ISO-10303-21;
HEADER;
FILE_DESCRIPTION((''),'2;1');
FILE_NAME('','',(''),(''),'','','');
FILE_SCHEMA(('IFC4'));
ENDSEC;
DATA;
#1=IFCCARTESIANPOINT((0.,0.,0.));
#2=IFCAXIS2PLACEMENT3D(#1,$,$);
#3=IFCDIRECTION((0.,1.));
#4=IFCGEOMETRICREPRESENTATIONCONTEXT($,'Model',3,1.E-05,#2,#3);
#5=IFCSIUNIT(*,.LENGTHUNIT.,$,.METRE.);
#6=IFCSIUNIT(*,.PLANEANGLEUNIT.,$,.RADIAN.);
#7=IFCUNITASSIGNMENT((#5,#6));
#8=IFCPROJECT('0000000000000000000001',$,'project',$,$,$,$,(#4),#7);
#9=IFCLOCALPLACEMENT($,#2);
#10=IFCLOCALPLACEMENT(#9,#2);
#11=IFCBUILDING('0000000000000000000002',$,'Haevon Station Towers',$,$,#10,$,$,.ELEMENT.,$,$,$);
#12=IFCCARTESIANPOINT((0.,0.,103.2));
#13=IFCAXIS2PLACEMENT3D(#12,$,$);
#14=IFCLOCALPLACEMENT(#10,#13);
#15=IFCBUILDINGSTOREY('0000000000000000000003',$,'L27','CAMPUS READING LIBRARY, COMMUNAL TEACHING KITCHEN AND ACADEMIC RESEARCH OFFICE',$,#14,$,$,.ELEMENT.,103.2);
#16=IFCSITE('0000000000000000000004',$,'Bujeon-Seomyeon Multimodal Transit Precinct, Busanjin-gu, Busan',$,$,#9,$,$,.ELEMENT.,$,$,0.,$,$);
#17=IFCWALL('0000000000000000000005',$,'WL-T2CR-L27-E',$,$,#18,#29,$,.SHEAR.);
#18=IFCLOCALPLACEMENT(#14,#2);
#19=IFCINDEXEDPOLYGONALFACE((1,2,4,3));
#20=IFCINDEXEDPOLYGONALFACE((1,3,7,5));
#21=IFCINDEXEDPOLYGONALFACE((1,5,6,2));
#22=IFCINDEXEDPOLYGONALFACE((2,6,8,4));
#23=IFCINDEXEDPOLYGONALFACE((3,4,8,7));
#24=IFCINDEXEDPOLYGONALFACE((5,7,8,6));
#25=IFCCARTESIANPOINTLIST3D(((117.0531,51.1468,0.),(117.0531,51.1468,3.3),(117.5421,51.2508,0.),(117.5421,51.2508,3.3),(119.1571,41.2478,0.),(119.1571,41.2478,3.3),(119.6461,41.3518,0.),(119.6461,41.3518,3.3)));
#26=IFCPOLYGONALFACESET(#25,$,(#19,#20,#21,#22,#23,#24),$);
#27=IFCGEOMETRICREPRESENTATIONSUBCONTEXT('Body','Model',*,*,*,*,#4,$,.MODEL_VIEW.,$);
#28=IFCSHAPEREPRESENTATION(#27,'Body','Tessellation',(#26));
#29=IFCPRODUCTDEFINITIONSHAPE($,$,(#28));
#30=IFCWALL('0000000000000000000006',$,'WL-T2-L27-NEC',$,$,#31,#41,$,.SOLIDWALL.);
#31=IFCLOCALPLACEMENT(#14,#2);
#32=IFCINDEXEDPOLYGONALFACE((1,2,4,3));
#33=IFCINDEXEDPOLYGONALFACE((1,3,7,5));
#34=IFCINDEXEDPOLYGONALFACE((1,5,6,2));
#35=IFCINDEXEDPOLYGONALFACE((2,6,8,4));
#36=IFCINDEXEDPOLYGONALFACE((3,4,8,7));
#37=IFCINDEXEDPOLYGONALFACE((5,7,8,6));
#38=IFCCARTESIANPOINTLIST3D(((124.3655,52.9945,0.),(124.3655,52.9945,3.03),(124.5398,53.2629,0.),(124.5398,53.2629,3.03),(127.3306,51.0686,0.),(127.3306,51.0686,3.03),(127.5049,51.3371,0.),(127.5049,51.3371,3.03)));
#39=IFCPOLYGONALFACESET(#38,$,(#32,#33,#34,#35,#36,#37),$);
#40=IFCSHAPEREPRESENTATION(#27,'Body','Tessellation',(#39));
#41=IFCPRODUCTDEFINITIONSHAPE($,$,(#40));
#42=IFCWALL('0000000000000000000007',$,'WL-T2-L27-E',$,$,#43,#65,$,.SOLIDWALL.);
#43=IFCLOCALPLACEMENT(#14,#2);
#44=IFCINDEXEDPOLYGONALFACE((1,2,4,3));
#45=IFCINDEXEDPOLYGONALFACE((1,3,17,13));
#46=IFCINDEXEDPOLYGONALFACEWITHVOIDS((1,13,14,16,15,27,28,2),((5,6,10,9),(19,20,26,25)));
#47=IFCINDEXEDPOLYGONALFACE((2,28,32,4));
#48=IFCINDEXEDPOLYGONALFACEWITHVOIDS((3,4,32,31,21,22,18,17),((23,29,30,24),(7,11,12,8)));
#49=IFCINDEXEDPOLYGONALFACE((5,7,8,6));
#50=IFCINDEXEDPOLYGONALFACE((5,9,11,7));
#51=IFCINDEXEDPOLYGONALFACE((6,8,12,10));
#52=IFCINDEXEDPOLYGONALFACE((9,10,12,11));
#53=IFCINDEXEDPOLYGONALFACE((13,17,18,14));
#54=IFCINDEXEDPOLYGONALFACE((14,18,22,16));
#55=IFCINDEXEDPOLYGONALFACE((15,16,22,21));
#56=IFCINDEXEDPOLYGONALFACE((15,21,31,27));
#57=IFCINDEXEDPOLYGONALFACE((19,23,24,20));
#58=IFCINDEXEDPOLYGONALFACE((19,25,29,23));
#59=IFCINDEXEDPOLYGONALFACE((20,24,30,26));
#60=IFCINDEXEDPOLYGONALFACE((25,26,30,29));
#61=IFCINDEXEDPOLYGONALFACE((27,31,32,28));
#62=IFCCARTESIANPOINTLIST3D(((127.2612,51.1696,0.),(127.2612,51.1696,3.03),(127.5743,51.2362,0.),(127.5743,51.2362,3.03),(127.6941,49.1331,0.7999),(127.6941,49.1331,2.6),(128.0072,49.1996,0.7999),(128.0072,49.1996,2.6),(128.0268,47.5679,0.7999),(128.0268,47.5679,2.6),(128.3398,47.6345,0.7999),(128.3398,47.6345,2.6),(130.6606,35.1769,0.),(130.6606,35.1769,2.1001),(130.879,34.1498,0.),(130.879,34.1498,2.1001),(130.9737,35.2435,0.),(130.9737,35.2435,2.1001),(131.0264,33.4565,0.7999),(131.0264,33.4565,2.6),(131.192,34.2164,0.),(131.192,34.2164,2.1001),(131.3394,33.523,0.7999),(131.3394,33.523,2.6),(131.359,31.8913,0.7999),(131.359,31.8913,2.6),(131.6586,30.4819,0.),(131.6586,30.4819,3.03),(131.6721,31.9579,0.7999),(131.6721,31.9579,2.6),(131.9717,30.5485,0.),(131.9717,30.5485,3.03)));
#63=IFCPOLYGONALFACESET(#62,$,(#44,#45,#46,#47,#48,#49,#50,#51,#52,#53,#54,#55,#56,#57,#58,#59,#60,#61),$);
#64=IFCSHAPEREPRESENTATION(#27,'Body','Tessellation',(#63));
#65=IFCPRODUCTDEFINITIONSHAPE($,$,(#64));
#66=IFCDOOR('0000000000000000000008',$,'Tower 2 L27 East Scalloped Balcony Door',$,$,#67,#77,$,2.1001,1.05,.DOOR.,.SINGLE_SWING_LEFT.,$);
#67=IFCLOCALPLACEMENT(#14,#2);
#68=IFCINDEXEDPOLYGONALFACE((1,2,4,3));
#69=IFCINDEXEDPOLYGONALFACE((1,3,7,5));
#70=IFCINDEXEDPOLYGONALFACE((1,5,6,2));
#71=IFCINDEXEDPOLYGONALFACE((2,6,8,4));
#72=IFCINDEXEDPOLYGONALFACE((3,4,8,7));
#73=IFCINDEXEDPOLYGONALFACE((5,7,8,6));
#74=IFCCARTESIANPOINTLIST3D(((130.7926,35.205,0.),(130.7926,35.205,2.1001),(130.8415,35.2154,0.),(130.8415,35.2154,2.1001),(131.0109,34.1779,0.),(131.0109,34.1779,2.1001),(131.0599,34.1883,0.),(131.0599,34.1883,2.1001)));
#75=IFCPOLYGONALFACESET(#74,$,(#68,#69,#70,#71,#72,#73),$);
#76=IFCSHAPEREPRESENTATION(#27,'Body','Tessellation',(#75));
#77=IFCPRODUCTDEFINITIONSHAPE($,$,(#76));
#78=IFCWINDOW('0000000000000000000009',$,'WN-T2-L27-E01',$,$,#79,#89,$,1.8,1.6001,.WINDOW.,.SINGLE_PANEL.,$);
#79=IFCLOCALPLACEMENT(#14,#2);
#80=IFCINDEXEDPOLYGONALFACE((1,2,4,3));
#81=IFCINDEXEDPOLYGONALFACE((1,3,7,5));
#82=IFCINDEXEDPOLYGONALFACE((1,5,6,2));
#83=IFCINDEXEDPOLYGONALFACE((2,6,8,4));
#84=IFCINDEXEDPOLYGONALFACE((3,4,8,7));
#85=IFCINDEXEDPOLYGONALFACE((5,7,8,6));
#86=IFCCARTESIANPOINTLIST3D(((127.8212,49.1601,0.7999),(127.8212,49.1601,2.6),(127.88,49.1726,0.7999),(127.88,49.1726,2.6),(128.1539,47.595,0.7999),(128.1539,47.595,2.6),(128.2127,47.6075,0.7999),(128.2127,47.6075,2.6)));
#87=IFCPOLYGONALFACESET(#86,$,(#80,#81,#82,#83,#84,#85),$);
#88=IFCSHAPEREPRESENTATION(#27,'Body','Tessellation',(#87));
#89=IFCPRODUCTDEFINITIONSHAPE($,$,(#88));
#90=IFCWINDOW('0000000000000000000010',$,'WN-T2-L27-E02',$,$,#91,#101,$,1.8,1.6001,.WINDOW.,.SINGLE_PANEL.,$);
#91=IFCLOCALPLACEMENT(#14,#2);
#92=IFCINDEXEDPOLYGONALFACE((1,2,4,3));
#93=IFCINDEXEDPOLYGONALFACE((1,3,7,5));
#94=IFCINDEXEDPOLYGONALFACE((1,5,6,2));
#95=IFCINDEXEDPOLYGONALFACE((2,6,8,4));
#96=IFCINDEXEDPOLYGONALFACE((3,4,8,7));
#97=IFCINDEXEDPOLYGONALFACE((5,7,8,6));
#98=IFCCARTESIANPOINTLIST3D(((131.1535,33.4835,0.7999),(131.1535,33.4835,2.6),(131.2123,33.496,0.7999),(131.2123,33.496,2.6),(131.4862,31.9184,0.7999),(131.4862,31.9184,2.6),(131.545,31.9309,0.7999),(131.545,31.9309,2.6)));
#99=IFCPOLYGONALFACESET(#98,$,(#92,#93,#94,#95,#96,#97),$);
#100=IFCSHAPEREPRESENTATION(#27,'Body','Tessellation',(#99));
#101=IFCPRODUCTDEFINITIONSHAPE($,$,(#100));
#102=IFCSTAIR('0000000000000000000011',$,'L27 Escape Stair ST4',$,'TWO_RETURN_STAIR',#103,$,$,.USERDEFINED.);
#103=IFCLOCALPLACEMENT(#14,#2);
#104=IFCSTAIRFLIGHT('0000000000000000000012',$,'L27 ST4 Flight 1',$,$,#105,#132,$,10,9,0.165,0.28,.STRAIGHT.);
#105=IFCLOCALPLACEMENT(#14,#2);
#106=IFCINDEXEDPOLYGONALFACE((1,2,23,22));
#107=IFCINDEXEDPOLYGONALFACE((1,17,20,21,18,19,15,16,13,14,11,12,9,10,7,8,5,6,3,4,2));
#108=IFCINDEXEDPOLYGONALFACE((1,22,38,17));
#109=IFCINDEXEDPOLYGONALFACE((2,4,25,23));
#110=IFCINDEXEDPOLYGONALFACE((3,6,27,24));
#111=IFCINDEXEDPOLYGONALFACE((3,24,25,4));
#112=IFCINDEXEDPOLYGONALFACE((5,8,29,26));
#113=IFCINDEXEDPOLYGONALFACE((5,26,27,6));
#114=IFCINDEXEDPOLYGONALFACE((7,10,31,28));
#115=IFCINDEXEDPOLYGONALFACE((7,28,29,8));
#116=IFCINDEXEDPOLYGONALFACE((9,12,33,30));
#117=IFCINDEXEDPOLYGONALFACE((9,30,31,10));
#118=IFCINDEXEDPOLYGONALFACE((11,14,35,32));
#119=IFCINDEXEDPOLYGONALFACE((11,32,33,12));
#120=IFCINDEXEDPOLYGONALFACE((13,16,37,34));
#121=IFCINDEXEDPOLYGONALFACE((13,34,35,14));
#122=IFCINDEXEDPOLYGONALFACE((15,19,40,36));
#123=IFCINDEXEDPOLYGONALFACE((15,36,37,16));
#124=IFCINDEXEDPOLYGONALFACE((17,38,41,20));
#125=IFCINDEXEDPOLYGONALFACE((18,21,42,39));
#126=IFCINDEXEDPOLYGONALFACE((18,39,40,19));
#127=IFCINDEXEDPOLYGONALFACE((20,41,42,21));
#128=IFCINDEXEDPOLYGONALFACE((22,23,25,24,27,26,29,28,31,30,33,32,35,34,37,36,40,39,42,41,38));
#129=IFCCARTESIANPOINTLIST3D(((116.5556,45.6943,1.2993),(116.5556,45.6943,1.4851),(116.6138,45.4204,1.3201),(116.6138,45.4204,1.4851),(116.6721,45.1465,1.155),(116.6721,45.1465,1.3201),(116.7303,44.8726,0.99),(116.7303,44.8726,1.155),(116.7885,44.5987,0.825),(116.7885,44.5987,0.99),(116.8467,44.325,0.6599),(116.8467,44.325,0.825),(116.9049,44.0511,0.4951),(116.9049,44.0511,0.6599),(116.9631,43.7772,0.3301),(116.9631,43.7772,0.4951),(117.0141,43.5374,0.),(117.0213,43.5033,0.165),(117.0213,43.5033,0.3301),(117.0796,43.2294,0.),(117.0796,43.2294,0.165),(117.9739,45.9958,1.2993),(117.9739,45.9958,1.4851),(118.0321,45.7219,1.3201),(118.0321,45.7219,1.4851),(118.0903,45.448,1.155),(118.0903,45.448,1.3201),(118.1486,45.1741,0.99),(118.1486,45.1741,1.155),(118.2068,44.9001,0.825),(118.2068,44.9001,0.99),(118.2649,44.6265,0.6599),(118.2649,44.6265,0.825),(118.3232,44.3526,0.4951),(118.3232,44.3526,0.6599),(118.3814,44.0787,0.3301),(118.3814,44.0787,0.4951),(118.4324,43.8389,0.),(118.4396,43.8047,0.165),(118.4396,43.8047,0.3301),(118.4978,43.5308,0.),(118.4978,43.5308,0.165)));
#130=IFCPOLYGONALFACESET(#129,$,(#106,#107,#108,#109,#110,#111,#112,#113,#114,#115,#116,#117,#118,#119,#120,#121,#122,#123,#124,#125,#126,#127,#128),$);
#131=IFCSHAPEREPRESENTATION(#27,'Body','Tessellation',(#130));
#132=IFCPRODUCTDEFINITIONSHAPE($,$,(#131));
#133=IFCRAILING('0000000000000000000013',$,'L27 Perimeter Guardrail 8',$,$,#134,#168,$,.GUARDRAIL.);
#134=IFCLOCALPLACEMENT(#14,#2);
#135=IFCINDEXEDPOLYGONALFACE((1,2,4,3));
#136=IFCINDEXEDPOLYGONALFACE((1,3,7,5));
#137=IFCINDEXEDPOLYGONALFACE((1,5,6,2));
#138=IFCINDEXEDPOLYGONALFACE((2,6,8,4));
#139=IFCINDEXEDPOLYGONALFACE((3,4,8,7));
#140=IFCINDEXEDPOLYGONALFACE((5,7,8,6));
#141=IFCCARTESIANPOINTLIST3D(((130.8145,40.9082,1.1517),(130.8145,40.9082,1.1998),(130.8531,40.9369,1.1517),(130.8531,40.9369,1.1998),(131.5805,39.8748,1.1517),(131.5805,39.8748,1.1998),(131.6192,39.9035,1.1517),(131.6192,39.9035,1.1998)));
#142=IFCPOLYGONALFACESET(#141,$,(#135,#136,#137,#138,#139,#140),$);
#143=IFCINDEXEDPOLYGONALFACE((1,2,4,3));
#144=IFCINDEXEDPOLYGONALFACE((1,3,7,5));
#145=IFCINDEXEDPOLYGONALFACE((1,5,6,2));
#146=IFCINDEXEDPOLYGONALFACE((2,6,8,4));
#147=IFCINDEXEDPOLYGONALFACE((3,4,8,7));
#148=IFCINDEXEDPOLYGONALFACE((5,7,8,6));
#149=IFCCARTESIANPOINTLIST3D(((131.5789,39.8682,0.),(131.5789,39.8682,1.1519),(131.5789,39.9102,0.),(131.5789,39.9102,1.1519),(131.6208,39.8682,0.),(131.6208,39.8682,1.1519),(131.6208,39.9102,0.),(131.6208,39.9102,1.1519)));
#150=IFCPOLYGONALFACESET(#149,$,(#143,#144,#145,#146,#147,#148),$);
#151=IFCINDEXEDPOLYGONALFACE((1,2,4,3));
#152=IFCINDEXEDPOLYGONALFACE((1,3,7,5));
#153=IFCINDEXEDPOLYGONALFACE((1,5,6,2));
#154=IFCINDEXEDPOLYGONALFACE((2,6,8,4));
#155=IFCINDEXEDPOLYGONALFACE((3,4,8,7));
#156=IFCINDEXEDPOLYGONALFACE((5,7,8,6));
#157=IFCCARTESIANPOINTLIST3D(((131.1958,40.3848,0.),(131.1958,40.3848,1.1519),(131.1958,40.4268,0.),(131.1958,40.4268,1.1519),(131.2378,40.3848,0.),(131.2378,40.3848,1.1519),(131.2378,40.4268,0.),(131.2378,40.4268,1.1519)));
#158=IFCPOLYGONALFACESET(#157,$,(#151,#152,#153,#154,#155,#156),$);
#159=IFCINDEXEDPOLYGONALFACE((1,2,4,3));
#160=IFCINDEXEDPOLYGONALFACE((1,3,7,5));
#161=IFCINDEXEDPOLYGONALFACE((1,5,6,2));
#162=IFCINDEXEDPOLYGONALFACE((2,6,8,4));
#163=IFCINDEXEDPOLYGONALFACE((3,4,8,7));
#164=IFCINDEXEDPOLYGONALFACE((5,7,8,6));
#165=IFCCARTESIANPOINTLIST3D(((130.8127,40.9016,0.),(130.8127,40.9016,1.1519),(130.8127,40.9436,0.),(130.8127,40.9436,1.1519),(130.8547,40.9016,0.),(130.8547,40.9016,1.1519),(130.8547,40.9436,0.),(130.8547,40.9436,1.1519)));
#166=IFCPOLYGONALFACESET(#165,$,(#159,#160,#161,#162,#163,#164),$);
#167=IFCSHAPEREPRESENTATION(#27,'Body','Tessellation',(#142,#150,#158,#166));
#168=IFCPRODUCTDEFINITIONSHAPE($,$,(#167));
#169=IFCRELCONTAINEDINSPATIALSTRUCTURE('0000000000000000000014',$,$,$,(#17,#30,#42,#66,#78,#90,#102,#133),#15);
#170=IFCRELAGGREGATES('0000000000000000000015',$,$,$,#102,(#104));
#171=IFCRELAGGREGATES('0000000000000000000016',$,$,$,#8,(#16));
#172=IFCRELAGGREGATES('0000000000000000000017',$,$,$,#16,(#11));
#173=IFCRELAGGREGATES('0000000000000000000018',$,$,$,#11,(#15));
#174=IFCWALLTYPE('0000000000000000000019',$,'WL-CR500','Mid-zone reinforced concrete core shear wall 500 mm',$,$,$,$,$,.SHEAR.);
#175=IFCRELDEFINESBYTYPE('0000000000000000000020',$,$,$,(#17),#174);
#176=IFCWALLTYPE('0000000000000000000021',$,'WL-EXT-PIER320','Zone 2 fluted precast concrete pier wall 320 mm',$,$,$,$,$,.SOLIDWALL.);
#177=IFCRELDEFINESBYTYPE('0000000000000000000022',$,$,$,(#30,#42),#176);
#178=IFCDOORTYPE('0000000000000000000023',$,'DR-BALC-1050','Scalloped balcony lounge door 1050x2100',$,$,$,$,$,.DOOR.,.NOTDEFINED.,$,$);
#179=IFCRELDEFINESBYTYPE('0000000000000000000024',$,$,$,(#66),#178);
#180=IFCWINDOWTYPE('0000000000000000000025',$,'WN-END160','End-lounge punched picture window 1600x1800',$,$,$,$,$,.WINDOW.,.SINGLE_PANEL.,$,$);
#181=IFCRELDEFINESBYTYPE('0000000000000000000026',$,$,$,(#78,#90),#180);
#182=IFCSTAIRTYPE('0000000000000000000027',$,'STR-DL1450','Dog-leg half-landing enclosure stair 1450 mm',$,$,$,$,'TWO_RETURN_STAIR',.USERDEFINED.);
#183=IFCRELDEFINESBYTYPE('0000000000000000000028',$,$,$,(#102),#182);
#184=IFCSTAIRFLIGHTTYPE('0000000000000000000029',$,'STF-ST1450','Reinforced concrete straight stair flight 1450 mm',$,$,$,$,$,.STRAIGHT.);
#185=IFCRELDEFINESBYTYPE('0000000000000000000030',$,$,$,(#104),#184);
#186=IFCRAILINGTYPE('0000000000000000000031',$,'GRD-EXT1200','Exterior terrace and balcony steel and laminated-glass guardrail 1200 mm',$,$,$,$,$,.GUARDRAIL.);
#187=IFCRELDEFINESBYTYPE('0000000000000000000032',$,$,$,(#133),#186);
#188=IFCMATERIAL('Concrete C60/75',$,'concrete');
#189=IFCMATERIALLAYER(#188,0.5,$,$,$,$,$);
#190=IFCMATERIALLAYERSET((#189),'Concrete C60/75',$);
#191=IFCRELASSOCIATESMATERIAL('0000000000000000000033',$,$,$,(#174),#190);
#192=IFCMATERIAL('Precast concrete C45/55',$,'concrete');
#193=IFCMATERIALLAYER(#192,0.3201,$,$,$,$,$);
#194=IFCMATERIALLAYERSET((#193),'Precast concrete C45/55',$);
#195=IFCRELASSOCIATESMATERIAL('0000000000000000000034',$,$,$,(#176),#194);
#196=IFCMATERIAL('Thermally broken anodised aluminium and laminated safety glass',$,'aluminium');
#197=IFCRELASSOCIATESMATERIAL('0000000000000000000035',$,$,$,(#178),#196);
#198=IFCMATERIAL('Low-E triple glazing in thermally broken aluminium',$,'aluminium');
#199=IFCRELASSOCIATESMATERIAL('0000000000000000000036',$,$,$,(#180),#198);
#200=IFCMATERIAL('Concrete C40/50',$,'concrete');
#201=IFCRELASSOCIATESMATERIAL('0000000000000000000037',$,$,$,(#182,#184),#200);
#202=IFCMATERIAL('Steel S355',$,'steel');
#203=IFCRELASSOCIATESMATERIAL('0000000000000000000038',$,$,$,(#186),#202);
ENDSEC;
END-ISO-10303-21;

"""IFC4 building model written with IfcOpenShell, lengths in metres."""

from ifc_helpers import new_model, si_unit, direction, frame, frame_2d, origin, origin_2d, place, context, subcontext, project, spatial, polyline, rectangle, outline, extrude, material, layer, layer_set, type_object, element, fill, aggregate, save


model = new_model("IFC4")

# Units and contexts
model_context = context("Model", 3, precision=1e-05, world=origin(), true_north=direction((0.0, 1.0)))
body_context = subcontext(model_context, "Body", "Model", "MODEL_VIEW")
ifc_project = project(units=[si_unit("LENGTHUNIT", "METRE"), si_unit("PLANEANGLEUNIT", "RADIAN")], contexts=[model_context])

# Site, building, storey
site_placement = place(None, origin())
site = spatial("IfcSite", under=ifc_project, at=site_placement, Name="Bujeon-Seomyeon Multimodal Transit Precinct, Busanjin-gu, Busan", CompositionType="ELEMENT", RefElevation=0.0)
building_placement = place(site_placement, origin())
building = spatial("IfcBuilding", under=site, at=building_placement, Name="Haevon Station Towers", CompositionType="ELEMENT")
storey_placement = place(building_placement, frame((0.0, 0.0, 103.2)))
storey = spatial("IfcBuildingStorey", under=building, at=storey_placement, Name="L27", Description="CAMPUS READING LIBRARY, COMMUNAL TEACHING KITCHEN AND ACADEMIC RESEARCH OFFICE", CompositionType="ELEMENT", Elevation=103.2)

# Shared definitions
ifc_material_1 = material(Name="Steel S355", Category="steel")

# Walls
ifc_material_2 = material(Name="Concrete C60/75", Category="concrete")
ifc_layer_1 = layer(ifc_material_2, 0.5)
ifc_layer_set_1 = layer_set([ifc_layer_1], Name="Concrete C60/75")
wall_type_1 = type_object("IfcWallType", Name="WL-CR500", Description="Mid-zone reinforced concrete core shear wall 500 mm", PredefinedType="SHEAR", material=ifc_layer_set_1)
wall_1_placement = place(storey_placement, frame((119.4016, 41.2998, 0.0), z_axis=(0.0, 0.0, 1.0), x_axis=(-0.207904, 0.978149, 0.0)))
element("IfcWall", 1, at=wall_1_placement, inside=storey, type_object=wall_type_1, Name="WL-T2CR-L27-E", PredefinedType="SHEAR", context=body_context, shape_type="SweptSolid", body=[
    extrude(rectangle(XDim=10.1201, YDim=0.5, at=frame_2d((5.0601, 0.0))), origin(), (0.0, 0.0, 1.0), 3.3),
])
ifc_material_3 = material(Name="Precast concrete C45/55", Category="concrete")
ifc_layer_2 = layer(ifc_material_3, 0.3201)
ifc_layer_set_2 = layer_set([ifc_layer_2], Name="Precast concrete C45/55")
wall_type_2 = type_object("IfcWallType", Name="WL-EXT-PIER320", Description="Zone 2 fluted precast concrete pier wall 320 mm", PredefinedType="SOLIDWALL", material=ifc_layer_set_2)
wall_2_placement = place(storey_placement, frame((124.4526, 53.1287, 0.0), z_axis=(0.0, 0.0, 1.0), x_axis=(0.838641, -0.544685, 0.0)))
element("IfcWall", 2, at=wall_2_placement, inside=storey, type_object=wall_type_2, Name="WL-T2-L27-NEC", PredefinedType="SOLIDWALL", context=body_context, shape_type="SweptSolid", body=[
    extrude(rectangle(XDim=3.5356, YDim=0.3201, at=frame_2d((1.7678, 0.0))), origin(), (0.0, 0.0, 1.0), 3.03),
])

# Wall, openings, door, windows
wall_3_placement = place(storey_placement, frame((127.4177, 51.2029, 0.0), z_axis=(0.0, 0.0, 1.0), x_axis=(0.207918, -0.978146, 0.0)))
wall_3 = element("IfcWall", 3, at=wall_3_placement, inside=storey, type_object=wall_type_2, Name="WL-T2-L27-E", PredefinedType="SOLIDWALL", context=body_context, shape_type="SweptSolid", body=[
    extrude(rectangle(XDim=21.1499, YDim=0.3201, at=frame_2d((10.575, 0.0))), origin(), (0.0, 0.0, 1.0), 3.03),
])
opening_1_placement = place(wall_3_placement, frame((16.3501, 0.0, 0.0)))
opening_1 = element("IfcOpeningElement", 4, at=opening_1_placement, cuts=wall_3, PredefinedType="OPENING", context=body_context, shape_type="SweptSolid", body=[
    extrude(rectangle(XDim=1.05, YDim=2.1001, at=frame_2d((0.5249, 1.05))), frame((0.0, 0.1699, 0.0), z_axis=(0.0, -1.0, 0.0), x_axis=(1.0, 0.0, 0.0)), (0.0, 0.0, 1.0), 0.3401),
])
opening_2_placement = place(wall_3_placement, frame((2.082, 0.0, 0.8)))
opening_2 = element("IfcOpeningElement", 5, at=opening_2_placement, cuts=wall_3, PredefinedType="OPENING", context=body_context, shape_type="SweptSolid", body=[
    extrude(rectangle(XDim=1.6001, YDim=1.8, at=frame_2d((0.8, 0.8999))), frame((0.0, 0.1699, 0.0), z_axis=(0.0, -1.0, 0.0), x_axis=(1.0, 0.0, 0.0)), (0.0, 0.0, 1.0), 0.3401),
])
opening_3_placement = place(wall_3_placement, frame((18.1089, 0.0, 0.8)))
opening_3 = element("IfcOpeningElement", 6, at=opening_3_placement, cuts=wall_3, PredefinedType="OPENING", context=body_context, shape_type="SweptSolid", body=[
    extrude(rectangle(XDim=1.6001, YDim=1.8, at=frame_2d((0.8, 0.8999))), frame((0.0, 0.1699, 0.0), z_axis=(0.0, -1.0, 0.0), x_axis=(1.0, 0.0, 0.0)), (0.0, 0.0, 1.0), 0.3401),
])
ifc_material_4 = material(Name="Thermally broken anodised aluminium and laminated safety glass", Category="aluminium")
door_type = type_object("IfcDoorType", Name="DR-BALC-1050", Description="Scalloped balcony lounge door 1050x2100", OperationType="NOTDEFINED", PredefinedType="DOOR", material=ifc_material_4)
door_placement = place(opening_1_placement, origin())
door = element("IfcDoor", 7, at=door_placement, inside=storey, type_object=door_type, Name="Tower 2 L27 East Scalloped Balcony Door", OperationType="SINGLE_SWING_LEFT", OverallHeight=2.1001, OverallWidth=1.05, PredefinedType="DOOR", context=body_context, shape_type="SweptSolid", body=[
    extrude(rectangle(XDim=1.05, YDim=2.1001, at=frame_2d((0.5249, 1.05))), frame((0.0, 0.0249, 0.0), z_axis=(0.0, -1.0, 0.0), x_axis=(1.0, 0.0, 0.0)), (0.0, 0.0, 1.0), 0.05),
])
fill(opening_1, door)
ifc_material_5 = material(Name="Low-E triple glazing in thermally broken aluminium", Category="aluminium")
window_type = type_object("IfcWindowType", Name="WN-END160", Description="End-lounge punched picture window 1600x1800", PartitioningType="SINGLE_PANEL", PredefinedType="WINDOW", material=ifc_material_5)
window_1_placement = place(opening_2_placement, origin())
window_1 = element("IfcWindow", 8, at=window_1_placement, inside=storey, type_object=window_type, Name="WN-T2-L27-E01", OverallHeight=1.8, OverallWidth=1.6001, PartitioningType="SINGLE_PANEL", PredefinedType="WINDOW", context=body_context, shape_type="SweptSolid", body=[
    extrude(rectangle(XDim=1.6001, YDim=1.8, at=frame_2d((0.8, 0.8999))), frame((0.0, 0.03, 0.0), z_axis=(0.0, -1.0, 0.0), x_axis=(1.0, 0.0, 0.0)), (0.0, 0.0, 1.0), 0.0601),
])
fill(opening_2, window_1)
window_2_placement = place(opening_3_placement, origin())
window_2 = element("IfcWindow", 9, at=window_2_placement, inside=storey, type_object=window_type, Name="WN-T2-L27-E02", OverallHeight=1.8, OverallWidth=1.6001, PartitioningType="SINGLE_PANEL", PredefinedType="WINDOW", context=body_context, shape_type="SweptSolid", body=[
    extrude(rectangle(XDim=1.6001, YDim=1.8, at=frame_2d((0.8, 0.8999))), frame((0.0, 0.03, 0.0), z_axis=(0.0, -1.0, 0.0), x_axis=(1.0, 0.0, 0.0)), (0.0, 0.0, 1.0), 0.0601),
])
fill(opening_3, window_2)

# Stair, stair flight
ifc_material_6 = material(Name="Concrete C40/50", Category="concrete")
stair_type = type_object("IfcStairType", Name="STR-DL1450", Description="Dog-leg half-landing enclosure stair 1450 mm", ElementType="TWO_RETURN_STAIR", PredefinedType="USERDEFINED", material=ifc_material_6)
stair_placement = place(storey_placement, origin())
stair = element("IfcStair", 10, at=stair_placement, inside=storey, type_object=stair_type, Name="L27 Escape Stair ST4", ObjectType="TWO_RETURN_STAIR", PredefinedType="USERDEFINED")
stair_flight_type = type_object("IfcStairFlightType", Name="STF-ST1450", Description="Reinforced concrete straight stair flight 1450 mm", PredefinedType="STRAIGHT", material=ifc_material_6)
stair_flight_placement = place(storey_placement, frame((117.7888, 43.3801, 0.0), z_axis=(0.0, 0.0, 1.0), x_axis=(-0.207912, 0.978148, 0.0)))
stair_flight = element("IfcStairFlight", 11, at=stair_flight_placement, type_object=stair_flight_type, Name="L27 ST4 Flight 1", NumberOfRisers=10, NumberOfTreads=9, PredefinedType="STRAIGHT", RiserHeight=0.165, TreadLength=0.28, context=body_context, shape_type="SweptSolid", body=[
    extrude(outline(polyline([(0.0, 0.0), (0.0, 0.165), (0.28, 0.165), (0.28, 0.3301), (0.5601, 0.3301), (0.5601, 0.4951), (0.8401, 0.4951), (0.8401, 0.6599), (1.1201, 0.6599), (1.1201, 0.825), (1.3999, 0.825), (1.3999, 0.99), (1.6799, 0.99), (1.6799, 1.155), (1.96, 1.155), (1.96, 1.3201), (2.24, 1.3201), (2.24, 1.4851), (2.52, 1.4851), (2.52, 1.6499), (2.52, 1.2993), (0.3149, 0.0), (0.0, 0.0)])), frame((0.0, 0.7251, 0.0), z_axis=(0.0, -1.0, 0.0), x_axis=(1.0, 0.0, 0.0)), (0.0, 0.0, 1.0), 1.45),
])
aggregate(stair, [stair_flight])

# Railing
railing_type_1 = type_object("IfcRailingType", Name="GRD-EXT1200", Description="Exterior terrace and balcony steel and laminated-glass guardrail 1200 mm", PredefinedType="GUARDRAIL", material=ifc_material_1)
railing_1_placement = place(storey_placement, frame((131.5999, 39.8892, 0.0)))
element("IfcRailing", 12, at=railing_1_placement, inside=storey, type_object=railing_type_1, Name="L27 Perimeter Guardrail 8", PredefinedType="GUARDRAIL", context=body_context, shape_type="SweptSolid", body=[
    extrude(rectangle(XDim=0.0481, YDim=0.0481, at=origin_2d()), frame((0.0, 0.0, 1.1758), z_axis=(-0.595527, 0.803335, 0.0), x_axis=(-0.803335, -0.595527, 0.0)), (0.0, 0.0, 1.0), 1.2864),
    extrude(rectangle(XDim=0.042, YDim=0.042, at=origin_2d()), origin(), (0.0, 0.0, 1.0), 1.1519),
    extrude(rectangle(XDim=0.042, YDim=0.042, at=origin_2d()), frame((-0.3831, 0.5166, 0.0)), (0.0, 0.0, 1.0), 1.1519),
    extrude(rectangle(XDim=0.042, YDim=0.042, at=origin_2d()), frame((-0.7661, 1.0334, 0.0)), (0.0, 0.0, 1.0), 1.1519),
])

save(model, "model.ifc")
